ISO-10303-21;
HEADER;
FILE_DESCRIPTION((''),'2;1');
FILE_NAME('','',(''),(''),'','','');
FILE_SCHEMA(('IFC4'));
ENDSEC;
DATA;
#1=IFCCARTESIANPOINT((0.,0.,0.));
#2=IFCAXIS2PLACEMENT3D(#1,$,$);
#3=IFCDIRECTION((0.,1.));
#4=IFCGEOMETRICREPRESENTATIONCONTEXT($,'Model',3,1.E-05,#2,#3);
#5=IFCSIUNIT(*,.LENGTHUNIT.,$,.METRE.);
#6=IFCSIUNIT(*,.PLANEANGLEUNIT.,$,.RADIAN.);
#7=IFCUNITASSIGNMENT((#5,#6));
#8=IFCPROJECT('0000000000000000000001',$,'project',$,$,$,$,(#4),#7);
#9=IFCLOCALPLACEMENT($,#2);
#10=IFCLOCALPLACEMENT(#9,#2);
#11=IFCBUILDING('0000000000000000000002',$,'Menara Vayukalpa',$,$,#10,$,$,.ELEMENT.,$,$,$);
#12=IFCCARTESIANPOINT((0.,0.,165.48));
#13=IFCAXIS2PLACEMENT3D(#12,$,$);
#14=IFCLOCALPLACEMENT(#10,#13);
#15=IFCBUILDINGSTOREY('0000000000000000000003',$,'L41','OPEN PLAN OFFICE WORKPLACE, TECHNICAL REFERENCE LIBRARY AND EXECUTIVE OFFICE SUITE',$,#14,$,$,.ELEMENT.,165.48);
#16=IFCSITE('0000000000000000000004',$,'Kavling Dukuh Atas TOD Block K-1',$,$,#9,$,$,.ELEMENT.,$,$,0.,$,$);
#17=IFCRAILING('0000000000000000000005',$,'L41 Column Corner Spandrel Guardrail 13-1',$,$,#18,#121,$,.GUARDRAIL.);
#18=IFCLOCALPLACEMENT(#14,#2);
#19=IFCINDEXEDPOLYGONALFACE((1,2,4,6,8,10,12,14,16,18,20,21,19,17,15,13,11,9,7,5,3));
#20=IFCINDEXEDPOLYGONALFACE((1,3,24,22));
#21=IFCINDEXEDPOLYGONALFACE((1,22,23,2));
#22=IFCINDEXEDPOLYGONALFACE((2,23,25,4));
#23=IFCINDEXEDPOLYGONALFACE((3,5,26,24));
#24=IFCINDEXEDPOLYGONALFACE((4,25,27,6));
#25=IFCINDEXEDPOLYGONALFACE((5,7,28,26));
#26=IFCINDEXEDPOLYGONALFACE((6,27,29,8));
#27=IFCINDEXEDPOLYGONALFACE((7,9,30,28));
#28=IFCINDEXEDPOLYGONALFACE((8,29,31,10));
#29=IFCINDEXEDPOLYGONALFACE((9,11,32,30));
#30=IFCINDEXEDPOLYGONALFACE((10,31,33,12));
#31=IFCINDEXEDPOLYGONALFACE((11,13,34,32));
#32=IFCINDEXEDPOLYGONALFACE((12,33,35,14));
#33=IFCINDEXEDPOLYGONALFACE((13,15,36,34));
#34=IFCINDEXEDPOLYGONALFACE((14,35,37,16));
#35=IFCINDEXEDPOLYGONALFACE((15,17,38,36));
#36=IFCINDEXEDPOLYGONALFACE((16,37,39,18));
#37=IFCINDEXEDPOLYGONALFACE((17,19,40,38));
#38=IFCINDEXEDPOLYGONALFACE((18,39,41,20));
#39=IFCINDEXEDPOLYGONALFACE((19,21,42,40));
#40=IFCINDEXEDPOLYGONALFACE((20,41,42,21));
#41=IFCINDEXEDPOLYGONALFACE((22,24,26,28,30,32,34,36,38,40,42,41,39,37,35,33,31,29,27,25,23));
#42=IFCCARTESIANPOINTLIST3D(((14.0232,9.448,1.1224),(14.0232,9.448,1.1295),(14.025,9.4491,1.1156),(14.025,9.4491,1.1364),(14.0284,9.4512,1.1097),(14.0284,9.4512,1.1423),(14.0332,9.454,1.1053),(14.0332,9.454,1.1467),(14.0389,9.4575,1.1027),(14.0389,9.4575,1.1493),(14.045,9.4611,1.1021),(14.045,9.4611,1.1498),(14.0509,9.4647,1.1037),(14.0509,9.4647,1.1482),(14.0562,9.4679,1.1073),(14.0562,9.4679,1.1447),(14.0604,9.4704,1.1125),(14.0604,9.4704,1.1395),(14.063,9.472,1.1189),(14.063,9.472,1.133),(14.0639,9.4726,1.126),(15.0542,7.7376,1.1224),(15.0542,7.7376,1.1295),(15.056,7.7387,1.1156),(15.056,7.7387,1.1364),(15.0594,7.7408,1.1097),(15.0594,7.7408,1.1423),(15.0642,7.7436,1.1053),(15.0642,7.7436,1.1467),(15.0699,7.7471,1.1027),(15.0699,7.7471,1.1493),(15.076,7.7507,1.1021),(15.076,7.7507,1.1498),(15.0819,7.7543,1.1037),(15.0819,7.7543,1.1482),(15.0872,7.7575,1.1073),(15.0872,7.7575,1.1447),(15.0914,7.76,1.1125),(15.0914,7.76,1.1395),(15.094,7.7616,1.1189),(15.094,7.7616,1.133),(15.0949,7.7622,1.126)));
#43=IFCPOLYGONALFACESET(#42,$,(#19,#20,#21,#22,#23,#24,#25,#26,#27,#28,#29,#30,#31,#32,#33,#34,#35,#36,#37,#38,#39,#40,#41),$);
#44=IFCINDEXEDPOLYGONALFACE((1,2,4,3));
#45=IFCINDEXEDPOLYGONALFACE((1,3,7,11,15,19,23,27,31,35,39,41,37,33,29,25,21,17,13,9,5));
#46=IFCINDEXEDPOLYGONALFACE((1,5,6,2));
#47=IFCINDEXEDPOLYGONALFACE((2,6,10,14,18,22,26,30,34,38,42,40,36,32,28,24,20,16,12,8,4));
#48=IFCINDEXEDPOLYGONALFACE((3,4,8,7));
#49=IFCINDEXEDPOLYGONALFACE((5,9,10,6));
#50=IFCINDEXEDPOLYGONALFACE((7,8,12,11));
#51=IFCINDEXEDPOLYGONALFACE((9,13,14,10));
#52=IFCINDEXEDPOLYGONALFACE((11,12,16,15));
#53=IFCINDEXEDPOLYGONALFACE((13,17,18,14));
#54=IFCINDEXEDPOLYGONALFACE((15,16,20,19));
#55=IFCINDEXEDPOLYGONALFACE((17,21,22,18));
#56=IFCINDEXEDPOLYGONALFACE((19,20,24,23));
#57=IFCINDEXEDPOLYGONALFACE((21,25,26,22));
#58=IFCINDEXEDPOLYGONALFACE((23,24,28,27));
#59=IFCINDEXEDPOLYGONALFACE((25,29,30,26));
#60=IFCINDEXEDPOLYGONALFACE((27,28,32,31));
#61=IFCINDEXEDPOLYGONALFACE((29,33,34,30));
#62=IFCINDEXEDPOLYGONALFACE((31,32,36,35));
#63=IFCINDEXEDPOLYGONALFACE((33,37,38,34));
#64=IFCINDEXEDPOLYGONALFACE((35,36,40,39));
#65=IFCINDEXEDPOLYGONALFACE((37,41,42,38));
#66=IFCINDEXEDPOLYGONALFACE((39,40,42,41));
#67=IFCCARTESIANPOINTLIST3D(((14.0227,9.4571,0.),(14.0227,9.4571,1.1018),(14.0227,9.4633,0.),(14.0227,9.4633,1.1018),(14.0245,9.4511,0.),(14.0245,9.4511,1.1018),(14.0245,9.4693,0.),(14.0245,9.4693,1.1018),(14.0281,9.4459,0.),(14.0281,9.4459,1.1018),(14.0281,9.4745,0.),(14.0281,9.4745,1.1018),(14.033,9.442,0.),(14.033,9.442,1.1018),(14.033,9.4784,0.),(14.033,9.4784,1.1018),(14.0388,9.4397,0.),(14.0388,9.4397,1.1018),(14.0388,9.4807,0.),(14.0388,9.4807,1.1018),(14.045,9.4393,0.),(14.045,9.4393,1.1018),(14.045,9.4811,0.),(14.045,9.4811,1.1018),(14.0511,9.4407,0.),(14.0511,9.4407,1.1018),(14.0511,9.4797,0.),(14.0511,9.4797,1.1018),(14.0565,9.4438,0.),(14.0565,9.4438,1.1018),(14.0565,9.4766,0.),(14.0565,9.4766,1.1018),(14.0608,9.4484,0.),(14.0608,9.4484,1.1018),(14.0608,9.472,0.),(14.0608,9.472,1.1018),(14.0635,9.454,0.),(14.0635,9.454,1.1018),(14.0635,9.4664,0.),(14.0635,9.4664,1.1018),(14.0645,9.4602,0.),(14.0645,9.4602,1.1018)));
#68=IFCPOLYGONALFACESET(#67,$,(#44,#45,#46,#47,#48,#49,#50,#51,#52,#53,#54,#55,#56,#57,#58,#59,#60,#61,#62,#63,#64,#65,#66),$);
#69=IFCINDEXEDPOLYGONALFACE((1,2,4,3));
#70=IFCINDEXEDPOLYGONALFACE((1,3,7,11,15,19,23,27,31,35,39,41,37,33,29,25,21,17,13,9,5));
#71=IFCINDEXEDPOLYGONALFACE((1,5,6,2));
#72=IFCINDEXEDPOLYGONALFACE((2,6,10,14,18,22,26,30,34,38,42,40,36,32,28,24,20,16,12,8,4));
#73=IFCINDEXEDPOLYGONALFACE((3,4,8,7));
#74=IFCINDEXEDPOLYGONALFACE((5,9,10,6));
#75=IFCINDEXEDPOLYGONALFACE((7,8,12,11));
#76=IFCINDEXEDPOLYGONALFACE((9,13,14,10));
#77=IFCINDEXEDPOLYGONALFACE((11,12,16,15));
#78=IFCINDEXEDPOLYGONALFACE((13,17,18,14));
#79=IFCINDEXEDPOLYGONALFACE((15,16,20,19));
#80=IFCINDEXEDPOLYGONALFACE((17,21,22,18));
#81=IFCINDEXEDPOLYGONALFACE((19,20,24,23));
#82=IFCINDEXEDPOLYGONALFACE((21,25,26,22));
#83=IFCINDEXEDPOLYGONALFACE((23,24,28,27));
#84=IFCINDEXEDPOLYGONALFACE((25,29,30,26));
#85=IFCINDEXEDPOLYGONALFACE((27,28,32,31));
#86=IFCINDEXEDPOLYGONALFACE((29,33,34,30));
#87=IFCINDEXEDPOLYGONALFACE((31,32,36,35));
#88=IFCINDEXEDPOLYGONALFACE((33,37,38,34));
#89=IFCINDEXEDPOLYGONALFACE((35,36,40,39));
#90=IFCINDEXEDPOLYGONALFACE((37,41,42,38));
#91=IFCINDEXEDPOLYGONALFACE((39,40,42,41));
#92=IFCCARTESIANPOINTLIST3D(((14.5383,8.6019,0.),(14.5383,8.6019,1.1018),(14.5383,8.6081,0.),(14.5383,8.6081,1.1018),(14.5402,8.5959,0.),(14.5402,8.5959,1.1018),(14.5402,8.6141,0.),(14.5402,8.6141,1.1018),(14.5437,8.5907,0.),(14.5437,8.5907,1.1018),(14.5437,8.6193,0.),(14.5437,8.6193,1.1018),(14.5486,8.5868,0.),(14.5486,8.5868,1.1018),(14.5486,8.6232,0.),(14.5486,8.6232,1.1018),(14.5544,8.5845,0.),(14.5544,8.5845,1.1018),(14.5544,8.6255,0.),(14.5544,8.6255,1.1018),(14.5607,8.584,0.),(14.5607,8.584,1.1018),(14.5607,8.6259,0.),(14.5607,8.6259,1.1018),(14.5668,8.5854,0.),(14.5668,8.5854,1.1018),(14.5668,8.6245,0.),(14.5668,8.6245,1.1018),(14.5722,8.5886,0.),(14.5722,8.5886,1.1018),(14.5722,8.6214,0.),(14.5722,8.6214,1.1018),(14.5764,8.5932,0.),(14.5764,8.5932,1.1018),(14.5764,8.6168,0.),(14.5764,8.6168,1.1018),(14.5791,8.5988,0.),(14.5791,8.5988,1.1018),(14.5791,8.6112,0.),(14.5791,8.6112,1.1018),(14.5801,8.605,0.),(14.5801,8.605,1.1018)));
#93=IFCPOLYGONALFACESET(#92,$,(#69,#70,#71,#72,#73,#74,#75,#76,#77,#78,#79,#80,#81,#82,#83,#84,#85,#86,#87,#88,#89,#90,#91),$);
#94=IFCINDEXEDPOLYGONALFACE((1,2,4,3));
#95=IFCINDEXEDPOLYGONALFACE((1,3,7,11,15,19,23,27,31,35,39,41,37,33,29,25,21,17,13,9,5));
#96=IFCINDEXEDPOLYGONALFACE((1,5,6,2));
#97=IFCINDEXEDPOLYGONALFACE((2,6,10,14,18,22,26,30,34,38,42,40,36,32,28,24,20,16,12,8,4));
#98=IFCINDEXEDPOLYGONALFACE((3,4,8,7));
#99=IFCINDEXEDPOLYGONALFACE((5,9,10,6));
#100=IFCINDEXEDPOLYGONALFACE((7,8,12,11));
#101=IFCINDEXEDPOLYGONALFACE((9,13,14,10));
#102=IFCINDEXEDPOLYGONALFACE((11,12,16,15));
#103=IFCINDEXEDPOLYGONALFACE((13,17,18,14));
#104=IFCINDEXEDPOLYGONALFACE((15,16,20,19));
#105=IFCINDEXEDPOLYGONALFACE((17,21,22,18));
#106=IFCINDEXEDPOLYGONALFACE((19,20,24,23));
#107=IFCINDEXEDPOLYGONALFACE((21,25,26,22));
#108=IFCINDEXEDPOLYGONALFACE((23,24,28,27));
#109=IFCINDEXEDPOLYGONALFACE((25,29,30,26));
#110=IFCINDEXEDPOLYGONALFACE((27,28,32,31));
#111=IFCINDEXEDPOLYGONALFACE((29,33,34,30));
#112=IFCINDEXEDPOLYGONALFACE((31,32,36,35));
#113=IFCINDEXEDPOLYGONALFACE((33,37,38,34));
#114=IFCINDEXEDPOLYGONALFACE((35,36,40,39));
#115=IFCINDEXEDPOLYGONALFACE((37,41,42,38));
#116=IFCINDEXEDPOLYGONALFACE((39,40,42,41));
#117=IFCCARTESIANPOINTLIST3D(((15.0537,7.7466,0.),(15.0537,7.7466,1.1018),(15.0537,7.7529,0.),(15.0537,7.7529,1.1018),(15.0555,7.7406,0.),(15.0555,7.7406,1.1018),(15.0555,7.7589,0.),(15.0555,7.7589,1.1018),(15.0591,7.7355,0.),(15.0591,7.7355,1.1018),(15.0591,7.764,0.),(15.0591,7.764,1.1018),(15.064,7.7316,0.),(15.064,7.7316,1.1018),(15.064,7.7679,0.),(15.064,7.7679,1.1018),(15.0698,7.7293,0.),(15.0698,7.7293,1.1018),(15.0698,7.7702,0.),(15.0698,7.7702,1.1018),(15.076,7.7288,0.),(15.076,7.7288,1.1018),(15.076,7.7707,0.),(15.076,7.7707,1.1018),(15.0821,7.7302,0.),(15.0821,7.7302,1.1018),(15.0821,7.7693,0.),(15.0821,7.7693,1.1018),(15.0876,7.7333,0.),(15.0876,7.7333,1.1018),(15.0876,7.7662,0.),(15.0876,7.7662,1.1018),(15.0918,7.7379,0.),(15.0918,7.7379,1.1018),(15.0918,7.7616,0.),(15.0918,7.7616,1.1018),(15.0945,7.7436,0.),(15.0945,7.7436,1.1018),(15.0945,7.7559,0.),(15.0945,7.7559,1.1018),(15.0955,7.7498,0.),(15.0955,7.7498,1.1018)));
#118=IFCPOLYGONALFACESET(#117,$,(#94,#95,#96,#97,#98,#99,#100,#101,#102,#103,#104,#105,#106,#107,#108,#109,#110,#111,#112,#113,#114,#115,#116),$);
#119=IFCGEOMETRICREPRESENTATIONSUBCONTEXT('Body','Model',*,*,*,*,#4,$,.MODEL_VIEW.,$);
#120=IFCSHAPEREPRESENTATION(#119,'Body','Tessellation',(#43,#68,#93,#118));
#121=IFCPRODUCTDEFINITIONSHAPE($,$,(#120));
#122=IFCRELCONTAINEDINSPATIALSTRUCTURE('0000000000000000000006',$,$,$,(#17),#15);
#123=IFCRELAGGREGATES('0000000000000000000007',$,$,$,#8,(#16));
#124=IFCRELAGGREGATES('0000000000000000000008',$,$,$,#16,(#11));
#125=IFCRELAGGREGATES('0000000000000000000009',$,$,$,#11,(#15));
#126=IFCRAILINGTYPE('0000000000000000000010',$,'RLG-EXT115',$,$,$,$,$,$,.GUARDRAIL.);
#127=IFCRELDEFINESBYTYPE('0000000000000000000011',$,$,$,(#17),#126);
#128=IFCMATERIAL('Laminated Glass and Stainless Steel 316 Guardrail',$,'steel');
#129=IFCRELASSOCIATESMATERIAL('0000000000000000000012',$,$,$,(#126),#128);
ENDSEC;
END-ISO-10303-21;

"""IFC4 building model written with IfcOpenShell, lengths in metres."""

from ifc_helpers import new_model, si_unit, direction, frame, origin, origin_2d, place, context, subcontext, project, spatial, circle, extrude, material, type_object, element, save


model = new_model("IFC4")

# Units and contexts
model_context = context("Model", 3, precision=1e-05, world=origin(), true_north=direction((0.0, 1.0)))
body_context = subcontext(model_context, "Body", "Model", "MODEL_VIEW")
ifc_project = project(units=[si_unit("LENGTHUNIT", "METRE"), si_unit("PLANEANGLEUNIT", "RADIAN")], contexts=[model_context])

# Site, building, storey
site_placement = place(None, origin())
site = spatial("IfcSite", under=ifc_project, at=site_placement, Name="Kavling Dukuh Atas TOD Block K-1", CompositionType="ELEMENT", RefElevation=0.0)
building_placement = place(site_placement, origin())
building = spatial("IfcBuilding", under=site, at=building_placement, Name="Menara Vayukalpa", CompositionType="ELEMENT")
storey_placement = place(building_placement, frame((0.0, 0.0, 165.48)))
storey = spatial("IfcBuildingStorey", under=building, at=storey_placement, Name="L41", Description="OPEN PLAN OFFICE WORKPLACE, TECHNICAL REFERENCE LIBRARY AND EXECUTIVE OFFICE SUITE", CompositionType="ELEMENT", Elevation=165.48)

# Railing
ifc_material_1 = material(Name="Laminated Glass and Stainless Steel 316 Guardrail", Category="steel")
railing_type = type_object("IfcRailingType", Name="RLG-EXT115", PredefinedType="GUARDRAIL", material=ifc_material_1)
railing_1_placement = place(storey_placement, frame((14.0435, 9.4602, 0.0)))
element("IfcRailing", 1, at=railing_1_placement, inside=storey, type_object=railing_type, Name="L41 Column Corner Spandrel Guardrail 13-1", PredefinedType="GUARDRAIL", context=body_context, shape_type="SweptSolid", body=[
    extrude(circle(Radius=0.0239, at=origin_2d()), frame((0.0, 0.0, 1.126), z_axis=(0.516238, -0.856445, 0.0), x_axis=(0.856445, 0.516238, 0.0)), (0.0, 0.0, 1.0), 1.9971),
    extrude(circle(Radius=0.021, at=origin_2d()), origin(), (0.0, 0.0, 1.0), 1.1018),
    extrude(circle(Radius=0.021, at=origin_2d()), frame((0.5156, -0.8552, 0.0)), (0.0, 0.0, 1.0), 1.1018),
    extrude(circle(Radius=0.021, at=origin_2d()), frame((1.031, -1.7104, 0.0)), (0.0, 0.0, 1.0), 1.1018),
])

save(model, "model.ifc")
